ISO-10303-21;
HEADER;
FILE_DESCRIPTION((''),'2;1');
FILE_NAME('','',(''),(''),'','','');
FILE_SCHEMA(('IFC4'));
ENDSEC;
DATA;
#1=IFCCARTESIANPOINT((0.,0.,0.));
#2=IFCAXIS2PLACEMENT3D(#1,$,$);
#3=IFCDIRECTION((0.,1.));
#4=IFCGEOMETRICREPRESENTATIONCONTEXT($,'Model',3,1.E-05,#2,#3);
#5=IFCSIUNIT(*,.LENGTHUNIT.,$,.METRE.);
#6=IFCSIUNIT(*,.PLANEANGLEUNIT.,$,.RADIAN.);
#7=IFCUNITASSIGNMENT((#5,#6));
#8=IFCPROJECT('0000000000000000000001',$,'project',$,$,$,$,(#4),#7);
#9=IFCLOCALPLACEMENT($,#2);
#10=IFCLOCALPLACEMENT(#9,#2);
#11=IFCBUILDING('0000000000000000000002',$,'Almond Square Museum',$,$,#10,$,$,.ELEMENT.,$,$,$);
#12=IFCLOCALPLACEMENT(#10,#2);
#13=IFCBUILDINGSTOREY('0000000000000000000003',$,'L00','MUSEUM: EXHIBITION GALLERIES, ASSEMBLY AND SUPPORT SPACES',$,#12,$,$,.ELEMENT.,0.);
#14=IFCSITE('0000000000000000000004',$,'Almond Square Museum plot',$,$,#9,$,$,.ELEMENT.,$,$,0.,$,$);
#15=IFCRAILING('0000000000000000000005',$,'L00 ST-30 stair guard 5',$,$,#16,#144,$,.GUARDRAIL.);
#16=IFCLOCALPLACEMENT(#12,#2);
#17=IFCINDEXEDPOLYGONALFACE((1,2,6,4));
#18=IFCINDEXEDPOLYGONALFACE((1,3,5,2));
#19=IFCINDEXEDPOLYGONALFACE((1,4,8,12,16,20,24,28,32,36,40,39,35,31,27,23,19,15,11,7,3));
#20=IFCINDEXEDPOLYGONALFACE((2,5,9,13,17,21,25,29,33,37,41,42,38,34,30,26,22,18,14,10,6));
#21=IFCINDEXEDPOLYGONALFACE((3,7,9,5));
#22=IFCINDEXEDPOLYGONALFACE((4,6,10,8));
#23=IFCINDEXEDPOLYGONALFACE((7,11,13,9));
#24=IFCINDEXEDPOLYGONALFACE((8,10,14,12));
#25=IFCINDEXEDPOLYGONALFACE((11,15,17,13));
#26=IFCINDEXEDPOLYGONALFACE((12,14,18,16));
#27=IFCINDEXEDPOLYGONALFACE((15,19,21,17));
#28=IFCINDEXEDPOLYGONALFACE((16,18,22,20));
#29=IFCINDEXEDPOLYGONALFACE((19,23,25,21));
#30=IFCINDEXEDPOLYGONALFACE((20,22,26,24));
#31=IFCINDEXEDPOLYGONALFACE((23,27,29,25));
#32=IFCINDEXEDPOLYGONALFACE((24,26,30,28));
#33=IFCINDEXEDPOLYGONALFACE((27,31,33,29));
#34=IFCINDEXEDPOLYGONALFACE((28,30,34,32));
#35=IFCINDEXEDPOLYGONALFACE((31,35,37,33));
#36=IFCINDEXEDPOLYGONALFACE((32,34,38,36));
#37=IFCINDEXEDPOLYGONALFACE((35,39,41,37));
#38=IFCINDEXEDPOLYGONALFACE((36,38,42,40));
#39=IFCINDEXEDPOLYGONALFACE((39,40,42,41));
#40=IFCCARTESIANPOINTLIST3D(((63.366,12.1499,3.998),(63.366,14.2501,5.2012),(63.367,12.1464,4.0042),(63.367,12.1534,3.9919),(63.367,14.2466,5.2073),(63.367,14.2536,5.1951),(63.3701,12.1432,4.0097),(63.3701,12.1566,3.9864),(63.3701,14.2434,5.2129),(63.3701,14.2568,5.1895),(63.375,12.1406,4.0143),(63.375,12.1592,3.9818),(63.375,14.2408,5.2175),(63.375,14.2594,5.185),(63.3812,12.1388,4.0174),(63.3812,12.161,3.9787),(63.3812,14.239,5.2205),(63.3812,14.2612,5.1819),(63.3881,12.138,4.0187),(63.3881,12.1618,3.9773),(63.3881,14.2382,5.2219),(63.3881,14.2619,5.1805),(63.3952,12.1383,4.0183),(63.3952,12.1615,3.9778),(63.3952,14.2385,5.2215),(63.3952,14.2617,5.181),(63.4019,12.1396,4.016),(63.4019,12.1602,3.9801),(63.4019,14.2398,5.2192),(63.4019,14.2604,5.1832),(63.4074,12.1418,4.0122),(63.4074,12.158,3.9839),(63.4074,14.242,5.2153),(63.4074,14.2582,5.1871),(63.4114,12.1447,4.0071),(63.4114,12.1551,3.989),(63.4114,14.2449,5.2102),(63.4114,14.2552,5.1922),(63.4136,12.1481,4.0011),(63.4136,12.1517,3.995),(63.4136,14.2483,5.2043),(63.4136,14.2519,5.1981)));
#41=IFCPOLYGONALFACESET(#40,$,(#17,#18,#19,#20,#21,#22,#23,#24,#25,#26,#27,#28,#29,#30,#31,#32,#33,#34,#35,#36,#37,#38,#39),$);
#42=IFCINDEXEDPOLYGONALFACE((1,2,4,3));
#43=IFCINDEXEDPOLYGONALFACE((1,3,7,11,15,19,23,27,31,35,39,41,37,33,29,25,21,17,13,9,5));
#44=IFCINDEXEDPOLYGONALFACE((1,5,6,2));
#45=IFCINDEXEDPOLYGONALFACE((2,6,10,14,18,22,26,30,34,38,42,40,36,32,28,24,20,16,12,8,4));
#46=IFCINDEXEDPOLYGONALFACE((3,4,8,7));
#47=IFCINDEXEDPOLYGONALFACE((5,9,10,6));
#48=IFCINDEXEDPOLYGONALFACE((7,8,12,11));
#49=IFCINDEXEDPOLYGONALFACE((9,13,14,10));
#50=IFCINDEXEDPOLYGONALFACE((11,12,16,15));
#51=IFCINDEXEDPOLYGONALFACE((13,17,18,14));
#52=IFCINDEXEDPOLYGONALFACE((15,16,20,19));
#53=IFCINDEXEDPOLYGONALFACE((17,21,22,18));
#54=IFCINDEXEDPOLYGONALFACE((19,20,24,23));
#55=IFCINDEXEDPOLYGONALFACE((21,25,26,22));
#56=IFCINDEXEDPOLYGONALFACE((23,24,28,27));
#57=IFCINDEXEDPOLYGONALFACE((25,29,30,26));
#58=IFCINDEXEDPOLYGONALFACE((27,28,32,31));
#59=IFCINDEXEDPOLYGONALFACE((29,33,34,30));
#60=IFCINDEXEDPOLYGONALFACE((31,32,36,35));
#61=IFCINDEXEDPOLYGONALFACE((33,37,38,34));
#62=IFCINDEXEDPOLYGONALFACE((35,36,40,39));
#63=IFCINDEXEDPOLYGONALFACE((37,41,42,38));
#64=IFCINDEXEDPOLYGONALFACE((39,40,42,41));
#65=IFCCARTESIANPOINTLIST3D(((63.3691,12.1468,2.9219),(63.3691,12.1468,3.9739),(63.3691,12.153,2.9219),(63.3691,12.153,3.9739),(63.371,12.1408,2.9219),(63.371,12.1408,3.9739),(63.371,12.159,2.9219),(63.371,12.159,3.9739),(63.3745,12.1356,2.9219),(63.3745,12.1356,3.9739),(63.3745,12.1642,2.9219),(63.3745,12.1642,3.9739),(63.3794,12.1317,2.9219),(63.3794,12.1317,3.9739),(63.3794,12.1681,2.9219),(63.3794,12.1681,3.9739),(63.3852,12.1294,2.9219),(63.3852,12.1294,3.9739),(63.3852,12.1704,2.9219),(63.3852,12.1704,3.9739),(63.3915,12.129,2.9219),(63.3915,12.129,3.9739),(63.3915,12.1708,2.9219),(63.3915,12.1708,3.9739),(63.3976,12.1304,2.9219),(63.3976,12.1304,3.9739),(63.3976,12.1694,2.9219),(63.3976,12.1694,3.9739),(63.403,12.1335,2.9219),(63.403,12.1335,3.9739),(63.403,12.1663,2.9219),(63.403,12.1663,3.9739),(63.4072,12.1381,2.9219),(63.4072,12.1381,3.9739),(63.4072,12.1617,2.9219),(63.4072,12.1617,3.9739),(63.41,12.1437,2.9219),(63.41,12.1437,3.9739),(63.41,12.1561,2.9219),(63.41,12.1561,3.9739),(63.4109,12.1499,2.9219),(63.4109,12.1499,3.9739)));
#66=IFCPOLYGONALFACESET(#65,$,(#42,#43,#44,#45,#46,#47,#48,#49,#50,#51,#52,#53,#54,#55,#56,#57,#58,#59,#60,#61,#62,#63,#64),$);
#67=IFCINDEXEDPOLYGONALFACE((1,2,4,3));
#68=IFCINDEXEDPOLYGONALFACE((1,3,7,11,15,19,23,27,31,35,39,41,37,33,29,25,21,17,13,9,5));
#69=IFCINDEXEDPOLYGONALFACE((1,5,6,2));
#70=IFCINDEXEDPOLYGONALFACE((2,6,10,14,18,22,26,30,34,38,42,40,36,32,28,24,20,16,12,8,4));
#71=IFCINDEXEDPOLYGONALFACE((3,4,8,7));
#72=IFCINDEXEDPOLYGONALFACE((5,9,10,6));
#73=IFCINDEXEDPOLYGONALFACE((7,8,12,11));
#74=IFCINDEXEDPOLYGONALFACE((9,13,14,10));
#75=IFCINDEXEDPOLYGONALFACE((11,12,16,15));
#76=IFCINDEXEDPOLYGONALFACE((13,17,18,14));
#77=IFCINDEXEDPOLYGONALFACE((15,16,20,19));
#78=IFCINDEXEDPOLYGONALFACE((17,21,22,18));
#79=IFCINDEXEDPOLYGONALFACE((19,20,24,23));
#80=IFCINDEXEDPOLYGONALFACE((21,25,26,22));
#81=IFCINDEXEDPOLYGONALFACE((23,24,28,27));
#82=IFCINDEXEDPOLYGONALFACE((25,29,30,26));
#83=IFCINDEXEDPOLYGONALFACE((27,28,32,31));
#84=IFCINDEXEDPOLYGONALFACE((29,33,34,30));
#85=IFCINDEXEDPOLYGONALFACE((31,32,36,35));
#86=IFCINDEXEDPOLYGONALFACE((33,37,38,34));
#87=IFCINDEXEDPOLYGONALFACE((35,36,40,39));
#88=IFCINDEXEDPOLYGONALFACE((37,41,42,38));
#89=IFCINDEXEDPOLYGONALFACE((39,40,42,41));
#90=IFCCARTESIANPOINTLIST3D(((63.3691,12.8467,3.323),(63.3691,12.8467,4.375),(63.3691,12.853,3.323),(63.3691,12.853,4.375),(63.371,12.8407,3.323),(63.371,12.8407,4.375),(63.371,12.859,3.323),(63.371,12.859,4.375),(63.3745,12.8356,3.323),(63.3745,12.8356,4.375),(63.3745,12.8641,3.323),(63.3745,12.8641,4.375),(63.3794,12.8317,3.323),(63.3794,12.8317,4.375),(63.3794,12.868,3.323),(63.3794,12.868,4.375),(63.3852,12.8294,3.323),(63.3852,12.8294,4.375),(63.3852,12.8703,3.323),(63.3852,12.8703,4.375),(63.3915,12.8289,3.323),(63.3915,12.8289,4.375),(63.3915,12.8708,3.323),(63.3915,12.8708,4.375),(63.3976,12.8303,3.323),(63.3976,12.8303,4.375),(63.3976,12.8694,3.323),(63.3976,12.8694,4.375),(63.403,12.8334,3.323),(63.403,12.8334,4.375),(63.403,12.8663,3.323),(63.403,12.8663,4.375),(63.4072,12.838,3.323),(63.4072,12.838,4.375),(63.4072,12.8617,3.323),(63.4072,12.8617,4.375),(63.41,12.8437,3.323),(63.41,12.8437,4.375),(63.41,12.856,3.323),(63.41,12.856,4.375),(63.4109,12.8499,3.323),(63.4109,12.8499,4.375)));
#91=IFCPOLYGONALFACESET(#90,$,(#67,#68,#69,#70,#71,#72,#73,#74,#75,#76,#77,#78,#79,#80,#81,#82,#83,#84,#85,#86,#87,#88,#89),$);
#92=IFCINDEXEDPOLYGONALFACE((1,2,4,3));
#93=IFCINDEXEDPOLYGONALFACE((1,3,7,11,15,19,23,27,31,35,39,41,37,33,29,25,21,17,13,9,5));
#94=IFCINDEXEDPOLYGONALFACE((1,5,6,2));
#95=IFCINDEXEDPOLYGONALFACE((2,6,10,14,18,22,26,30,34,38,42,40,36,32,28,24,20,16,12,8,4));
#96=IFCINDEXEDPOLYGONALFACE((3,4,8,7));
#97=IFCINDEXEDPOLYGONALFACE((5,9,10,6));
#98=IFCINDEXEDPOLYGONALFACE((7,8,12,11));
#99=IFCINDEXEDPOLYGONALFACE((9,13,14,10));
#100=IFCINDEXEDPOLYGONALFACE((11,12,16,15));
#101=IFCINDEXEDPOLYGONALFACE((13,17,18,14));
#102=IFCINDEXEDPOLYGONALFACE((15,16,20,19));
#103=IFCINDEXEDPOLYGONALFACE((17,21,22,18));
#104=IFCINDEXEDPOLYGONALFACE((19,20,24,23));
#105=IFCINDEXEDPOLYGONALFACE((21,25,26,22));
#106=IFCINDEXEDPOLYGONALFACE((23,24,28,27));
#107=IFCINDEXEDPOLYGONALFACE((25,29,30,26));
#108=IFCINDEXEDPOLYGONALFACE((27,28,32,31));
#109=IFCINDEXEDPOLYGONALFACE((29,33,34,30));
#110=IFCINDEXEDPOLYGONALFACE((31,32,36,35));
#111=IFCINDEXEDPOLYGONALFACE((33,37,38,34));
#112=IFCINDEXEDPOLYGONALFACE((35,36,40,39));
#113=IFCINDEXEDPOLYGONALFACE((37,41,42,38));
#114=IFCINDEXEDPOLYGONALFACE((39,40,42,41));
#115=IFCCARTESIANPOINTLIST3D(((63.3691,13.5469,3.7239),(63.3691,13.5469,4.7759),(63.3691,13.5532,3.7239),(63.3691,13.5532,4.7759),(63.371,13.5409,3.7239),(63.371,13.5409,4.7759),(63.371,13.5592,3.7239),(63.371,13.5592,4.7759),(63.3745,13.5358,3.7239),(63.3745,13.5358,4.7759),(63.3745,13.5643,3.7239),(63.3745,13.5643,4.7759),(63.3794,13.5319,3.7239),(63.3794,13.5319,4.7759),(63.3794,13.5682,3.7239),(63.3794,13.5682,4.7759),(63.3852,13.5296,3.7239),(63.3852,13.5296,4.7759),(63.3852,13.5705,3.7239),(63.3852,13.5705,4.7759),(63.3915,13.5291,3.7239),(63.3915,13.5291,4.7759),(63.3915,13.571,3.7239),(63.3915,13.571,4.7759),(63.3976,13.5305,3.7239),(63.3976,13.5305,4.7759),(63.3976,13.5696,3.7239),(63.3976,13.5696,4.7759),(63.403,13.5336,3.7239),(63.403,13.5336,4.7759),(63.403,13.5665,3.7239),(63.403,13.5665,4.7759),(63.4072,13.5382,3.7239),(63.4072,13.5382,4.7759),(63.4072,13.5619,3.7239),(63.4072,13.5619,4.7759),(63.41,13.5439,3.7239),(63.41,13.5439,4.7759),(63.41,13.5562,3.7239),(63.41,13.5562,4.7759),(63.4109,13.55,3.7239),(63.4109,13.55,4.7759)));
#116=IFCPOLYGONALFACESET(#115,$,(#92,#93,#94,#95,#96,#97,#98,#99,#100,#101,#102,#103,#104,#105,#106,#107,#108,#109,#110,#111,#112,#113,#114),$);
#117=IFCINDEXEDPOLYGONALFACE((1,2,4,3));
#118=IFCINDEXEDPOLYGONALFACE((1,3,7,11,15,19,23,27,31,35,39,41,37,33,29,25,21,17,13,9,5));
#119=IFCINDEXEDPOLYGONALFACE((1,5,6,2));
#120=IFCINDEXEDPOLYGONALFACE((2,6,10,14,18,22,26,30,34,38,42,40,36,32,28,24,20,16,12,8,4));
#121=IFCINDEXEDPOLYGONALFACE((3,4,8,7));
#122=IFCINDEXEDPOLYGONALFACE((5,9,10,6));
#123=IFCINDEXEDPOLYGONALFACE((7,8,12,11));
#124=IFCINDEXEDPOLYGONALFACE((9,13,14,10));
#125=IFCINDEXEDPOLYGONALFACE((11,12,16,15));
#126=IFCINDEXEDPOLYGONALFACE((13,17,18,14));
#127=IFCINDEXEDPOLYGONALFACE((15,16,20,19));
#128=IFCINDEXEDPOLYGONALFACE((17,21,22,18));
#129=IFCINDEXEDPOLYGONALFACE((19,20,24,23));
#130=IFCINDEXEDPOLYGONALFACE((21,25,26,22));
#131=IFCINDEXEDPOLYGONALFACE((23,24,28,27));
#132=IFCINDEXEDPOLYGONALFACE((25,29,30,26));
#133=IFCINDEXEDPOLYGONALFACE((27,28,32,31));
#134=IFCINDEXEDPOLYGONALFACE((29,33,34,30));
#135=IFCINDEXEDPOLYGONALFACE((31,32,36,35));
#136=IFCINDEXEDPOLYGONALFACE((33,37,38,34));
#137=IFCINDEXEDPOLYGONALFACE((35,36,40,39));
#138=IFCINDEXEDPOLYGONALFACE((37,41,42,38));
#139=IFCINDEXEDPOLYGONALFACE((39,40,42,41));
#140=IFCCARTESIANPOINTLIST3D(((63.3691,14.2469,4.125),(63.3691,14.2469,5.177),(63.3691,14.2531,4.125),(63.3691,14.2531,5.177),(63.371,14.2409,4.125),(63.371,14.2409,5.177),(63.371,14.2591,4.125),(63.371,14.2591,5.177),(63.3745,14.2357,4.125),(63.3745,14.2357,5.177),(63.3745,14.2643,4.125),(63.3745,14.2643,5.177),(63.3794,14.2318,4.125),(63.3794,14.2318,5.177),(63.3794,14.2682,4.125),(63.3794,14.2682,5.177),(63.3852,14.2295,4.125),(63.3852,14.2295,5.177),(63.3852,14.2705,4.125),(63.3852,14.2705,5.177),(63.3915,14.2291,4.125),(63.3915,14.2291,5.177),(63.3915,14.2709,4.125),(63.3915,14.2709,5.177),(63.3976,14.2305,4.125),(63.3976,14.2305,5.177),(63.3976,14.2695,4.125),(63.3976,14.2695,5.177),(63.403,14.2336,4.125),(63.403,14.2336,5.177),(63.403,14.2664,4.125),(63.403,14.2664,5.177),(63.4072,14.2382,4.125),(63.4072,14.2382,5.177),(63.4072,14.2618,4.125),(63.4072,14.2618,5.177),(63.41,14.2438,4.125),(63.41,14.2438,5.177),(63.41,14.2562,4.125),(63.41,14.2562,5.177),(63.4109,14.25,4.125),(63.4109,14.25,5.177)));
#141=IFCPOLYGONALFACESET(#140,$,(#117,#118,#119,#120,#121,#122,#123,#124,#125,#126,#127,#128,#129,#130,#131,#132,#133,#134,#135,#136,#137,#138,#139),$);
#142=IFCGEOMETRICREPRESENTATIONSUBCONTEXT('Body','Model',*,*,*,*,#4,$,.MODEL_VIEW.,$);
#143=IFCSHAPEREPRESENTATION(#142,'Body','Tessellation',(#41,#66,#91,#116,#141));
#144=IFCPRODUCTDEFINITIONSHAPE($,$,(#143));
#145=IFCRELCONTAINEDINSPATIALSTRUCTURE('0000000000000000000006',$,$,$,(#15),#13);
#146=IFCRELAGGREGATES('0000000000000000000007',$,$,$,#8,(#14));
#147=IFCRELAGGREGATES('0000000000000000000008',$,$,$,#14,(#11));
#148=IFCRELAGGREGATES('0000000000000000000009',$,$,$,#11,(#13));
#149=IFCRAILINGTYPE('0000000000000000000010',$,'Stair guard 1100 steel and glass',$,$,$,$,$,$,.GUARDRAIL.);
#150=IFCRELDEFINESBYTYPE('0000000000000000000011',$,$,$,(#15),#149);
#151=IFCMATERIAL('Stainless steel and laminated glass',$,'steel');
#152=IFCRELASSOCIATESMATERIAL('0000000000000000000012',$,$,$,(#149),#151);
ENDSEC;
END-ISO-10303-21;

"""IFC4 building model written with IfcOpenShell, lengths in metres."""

from ifc_helpers import new_model, si_unit, direction, frame, origin, origin_2d, place, context, subcontext, project, spatial, circle, extrude, material, type_object, element, save


model = new_model("IFC4")

# Units and contexts
model_context = context("Model", 3, precision=1e-05, world=origin(), true_north=direction((0.0, 1.0)))
body_context = subcontext(model_context, "Body", "Model", "MODEL_VIEW")
ifc_project = project(units=[si_unit("LENGTHUNIT", "METRE"), si_unit("PLANEANGLEUNIT", "RADIAN")], contexts=[model_context])

# Site, building, storey
site_placement = place(None, origin())
site = spatial("IfcSite", under=ifc_project, at=site_placement, Name="Almond Square Museum plot", CompositionType="ELEMENT", RefElevation=0.0)
building_placement = place(site_placement, origin())
building = spatial("IfcBuilding", under=site, at=building_placement, Name="Almond Square Museum", CompositionType="ELEMENT")
storey_placement = place(building_placement, origin())
storey = spatial("IfcBuildingStorey", under=building, at=storey_placement, Name="L00", Description="MUSEUM: EXHIBITION GALLERIES, ASSEMBLY AND SUPPORT SPACES", CompositionType="ELEMENT", Elevation=0.0)

# Railing
ifc_material_1 = material(Name="Stainless steel and laminated glass", Category="steel")
railing_type = type_object("IfcRailingType", Name="Stair guard 1100 steel and glass", PredefinedType="GUARDRAIL", material=ifc_material_1)
railing_1_placement = place(storey_placement, frame((63.3899, 12.1499, 2.9219)))
element("IfcRailing", 1, at=railing_1_placement, inside=storey, type_object=railing_type, Name="L00 ST-30 stair guard 5", PredefinedType="GUARDRAIL", context=body_context, shape_type="SweptSolid", body=[
    extrude(circle(Radius=0.0239, at=origin_2d()), frame((0.0, 0.0, 1.0762), z_axis=(0.0, 0.867696, 0.497095), x_axis=(-1.0, 0.0, 0.0)), (0.0, 0.0, 1.0), 2.4204),
    extrude(circle(Radius=0.021, at=origin_2d()), origin(), (0.0, 0.0, 1.0), 1.052),
    extrude(circle(Radius=0.021, at=origin_2d()), frame((0.0, 0.7, 0.4011)), (0.0, 0.0, 1.0), 1.052),
    extrude(circle(Radius=0.021, at=origin_2d()), frame((0.0, 1.4001, 0.802)), (0.0, 0.0, 1.0), 1.052),
    extrude(circle(Radius=0.021, at=origin_2d()), frame((0.0, 2.1001, 1.2031)), (0.0, 0.0, 1.0), 1.052),
])

save(model, "model.ifc")
